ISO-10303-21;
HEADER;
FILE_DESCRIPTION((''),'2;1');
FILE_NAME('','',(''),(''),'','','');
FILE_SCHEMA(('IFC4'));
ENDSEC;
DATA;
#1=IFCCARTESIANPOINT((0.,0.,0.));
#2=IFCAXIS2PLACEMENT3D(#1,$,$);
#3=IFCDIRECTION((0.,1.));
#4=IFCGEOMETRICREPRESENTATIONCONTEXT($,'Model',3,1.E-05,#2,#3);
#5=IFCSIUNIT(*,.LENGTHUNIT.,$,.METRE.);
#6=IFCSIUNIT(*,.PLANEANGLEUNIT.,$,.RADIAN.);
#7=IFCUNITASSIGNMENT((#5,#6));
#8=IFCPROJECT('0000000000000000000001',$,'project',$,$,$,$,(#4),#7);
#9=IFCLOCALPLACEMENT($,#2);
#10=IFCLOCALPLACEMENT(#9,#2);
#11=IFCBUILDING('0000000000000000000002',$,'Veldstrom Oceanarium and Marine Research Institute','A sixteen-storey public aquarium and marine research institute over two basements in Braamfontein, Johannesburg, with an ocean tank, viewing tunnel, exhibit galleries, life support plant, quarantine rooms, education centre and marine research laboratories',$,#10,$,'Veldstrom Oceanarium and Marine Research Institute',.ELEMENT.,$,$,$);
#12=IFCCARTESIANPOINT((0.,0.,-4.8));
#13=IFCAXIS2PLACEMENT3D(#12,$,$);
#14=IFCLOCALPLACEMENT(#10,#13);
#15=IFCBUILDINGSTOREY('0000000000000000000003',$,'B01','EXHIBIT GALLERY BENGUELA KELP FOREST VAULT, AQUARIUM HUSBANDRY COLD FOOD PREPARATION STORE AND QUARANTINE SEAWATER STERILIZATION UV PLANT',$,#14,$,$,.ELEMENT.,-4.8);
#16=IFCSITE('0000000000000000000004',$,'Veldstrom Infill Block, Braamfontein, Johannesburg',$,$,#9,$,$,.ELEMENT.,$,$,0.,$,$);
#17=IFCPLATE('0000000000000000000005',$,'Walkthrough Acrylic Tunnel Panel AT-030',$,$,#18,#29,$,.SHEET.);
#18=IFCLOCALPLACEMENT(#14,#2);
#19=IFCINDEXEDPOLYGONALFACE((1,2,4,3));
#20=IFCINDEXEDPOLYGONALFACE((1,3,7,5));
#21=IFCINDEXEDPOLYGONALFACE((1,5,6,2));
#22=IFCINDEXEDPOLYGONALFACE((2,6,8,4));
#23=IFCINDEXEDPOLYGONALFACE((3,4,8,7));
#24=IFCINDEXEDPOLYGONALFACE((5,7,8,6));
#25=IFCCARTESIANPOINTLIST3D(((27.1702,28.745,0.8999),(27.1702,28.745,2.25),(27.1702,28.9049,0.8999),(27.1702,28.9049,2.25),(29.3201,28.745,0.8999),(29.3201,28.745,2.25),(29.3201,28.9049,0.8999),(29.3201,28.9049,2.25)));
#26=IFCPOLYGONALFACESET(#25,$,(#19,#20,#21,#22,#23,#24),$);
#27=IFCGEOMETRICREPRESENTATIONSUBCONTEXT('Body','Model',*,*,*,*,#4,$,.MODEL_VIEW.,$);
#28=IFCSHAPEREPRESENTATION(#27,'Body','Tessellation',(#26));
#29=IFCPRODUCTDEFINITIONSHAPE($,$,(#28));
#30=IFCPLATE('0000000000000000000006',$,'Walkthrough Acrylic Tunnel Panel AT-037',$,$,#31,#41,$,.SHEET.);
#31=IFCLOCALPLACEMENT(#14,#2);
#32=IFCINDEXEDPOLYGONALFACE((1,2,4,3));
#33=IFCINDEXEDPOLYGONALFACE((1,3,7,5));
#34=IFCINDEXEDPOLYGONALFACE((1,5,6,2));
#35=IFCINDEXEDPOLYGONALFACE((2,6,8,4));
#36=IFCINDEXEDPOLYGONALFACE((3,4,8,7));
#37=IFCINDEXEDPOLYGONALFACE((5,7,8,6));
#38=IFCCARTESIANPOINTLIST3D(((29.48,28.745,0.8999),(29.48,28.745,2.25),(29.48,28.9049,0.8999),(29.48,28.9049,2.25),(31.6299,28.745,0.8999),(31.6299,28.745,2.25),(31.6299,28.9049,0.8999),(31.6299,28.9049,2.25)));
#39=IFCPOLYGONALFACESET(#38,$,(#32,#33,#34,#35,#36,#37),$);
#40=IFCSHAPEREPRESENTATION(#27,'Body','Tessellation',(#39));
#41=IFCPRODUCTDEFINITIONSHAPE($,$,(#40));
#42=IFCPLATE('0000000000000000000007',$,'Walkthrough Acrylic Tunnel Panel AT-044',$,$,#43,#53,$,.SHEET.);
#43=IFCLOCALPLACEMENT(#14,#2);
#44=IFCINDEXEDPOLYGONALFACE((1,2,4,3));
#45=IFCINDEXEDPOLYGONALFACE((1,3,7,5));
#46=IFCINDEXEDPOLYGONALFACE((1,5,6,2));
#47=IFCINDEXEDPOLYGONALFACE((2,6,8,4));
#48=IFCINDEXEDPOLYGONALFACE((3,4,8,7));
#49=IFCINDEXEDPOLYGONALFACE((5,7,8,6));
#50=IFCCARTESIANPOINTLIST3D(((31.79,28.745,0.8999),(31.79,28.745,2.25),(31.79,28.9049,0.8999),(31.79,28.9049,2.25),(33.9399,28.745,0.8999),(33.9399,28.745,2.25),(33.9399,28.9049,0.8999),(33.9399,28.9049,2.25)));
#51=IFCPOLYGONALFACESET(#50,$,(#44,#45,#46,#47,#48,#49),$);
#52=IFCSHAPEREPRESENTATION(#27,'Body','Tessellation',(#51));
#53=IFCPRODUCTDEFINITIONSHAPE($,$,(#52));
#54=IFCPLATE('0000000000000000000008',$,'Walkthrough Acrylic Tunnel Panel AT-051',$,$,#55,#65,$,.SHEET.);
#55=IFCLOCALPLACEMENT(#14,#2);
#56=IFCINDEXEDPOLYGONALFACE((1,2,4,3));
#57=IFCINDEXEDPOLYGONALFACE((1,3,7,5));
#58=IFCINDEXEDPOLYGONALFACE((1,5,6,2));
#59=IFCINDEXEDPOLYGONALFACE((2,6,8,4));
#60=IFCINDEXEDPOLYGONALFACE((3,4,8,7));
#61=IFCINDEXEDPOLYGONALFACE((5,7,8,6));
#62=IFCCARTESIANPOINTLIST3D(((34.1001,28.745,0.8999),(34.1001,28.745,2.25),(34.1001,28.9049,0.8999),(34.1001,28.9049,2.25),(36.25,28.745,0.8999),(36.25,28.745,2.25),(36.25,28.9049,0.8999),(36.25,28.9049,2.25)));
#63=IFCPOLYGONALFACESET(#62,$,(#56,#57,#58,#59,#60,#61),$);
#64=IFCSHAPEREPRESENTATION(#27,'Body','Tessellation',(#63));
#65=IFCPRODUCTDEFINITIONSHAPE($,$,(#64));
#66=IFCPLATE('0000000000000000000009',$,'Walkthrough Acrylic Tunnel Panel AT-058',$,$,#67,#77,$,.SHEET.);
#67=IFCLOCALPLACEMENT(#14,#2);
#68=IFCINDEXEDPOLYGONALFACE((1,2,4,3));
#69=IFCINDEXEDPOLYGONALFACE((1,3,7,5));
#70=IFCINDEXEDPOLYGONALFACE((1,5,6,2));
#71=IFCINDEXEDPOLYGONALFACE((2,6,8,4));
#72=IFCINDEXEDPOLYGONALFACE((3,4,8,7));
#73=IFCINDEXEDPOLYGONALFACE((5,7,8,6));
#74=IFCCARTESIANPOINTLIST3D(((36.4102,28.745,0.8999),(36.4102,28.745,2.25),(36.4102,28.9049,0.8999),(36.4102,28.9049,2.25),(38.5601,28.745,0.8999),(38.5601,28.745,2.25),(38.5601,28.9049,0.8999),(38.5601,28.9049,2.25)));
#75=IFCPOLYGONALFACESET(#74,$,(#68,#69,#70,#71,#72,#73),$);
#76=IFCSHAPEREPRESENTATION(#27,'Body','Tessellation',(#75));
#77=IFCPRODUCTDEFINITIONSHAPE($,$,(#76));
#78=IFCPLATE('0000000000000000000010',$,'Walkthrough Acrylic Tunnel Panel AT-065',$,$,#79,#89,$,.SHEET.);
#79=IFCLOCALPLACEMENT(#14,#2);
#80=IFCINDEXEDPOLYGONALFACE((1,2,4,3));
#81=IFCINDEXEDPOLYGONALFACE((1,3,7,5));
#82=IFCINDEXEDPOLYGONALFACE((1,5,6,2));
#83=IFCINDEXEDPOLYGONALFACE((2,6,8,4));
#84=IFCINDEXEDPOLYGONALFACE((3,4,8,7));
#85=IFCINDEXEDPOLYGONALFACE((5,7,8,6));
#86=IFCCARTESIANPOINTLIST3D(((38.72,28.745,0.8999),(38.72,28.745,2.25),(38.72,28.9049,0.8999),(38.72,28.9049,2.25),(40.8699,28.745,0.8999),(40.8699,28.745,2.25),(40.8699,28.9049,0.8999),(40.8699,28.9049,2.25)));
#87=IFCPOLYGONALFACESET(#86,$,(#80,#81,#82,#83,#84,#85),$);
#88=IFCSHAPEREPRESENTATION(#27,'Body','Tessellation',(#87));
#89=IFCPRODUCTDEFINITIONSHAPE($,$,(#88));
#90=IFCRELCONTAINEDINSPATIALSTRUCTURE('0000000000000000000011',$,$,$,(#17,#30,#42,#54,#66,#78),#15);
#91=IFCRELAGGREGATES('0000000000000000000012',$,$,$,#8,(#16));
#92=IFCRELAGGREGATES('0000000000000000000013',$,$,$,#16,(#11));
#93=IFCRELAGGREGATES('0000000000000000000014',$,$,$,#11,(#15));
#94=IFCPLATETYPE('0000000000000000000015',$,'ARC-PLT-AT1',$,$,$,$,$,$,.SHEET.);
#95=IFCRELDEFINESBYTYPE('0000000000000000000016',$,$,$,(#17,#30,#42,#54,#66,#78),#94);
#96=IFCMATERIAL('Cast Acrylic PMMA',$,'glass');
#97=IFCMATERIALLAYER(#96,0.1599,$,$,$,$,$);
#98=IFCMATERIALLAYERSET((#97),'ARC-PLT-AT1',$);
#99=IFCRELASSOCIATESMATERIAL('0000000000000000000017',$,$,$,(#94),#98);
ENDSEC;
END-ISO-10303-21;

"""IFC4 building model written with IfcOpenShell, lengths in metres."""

from ifc_helpers import new_model, si_unit, direction, frame, origin, origin_2d, place, context, subcontext, project, spatial, rectangle, extrude, material, layer, layer_set, type_object, element, save


model = new_model("IFC4")

# Units and contexts
model_context = context("Model", 3, precision=1e-05, world=origin(), true_north=direction((0.0, 1.0)))
body_context = subcontext(model_context, "Body", "Model", "MODEL_VIEW")
ifc_project = project(units=[si_unit("LENGTHUNIT", "METRE"), si_unit("PLANEANGLEUNIT", "RADIAN")], contexts=[model_context])

# Site, building, storey
site_placement = place(None, origin())
site = spatial("IfcSite", under=ifc_project, at=site_placement, Name="Veldstrom Infill Block, Braamfontein, Johannesburg", CompositionType="ELEMENT", RefElevation=0.0)
building_placement = place(site_placement, origin())
building = spatial("IfcBuilding", under=site, at=building_placement, Name="Veldstrom Oceanarium and Marine Research Institute", Description="A sixteen-storey public aquarium and marine research institute over two basements in Braamfontein, Johannesburg, with an ocean tank, viewing tunnel, exhibit galleries, life support plant, quarantine rooms, education centre and marine research laboratories", LongName="Veldstrom Oceanarium and Marine Research Institute", CompositionType="ELEMENT")
storey_placement = place(building_placement, frame((0.0, 0.0, -4.8)))
storey = spatial("IfcBuildingStorey", under=building, at=storey_placement, Name="B01", Description="EXHIBIT GALLERY BENGUELA KELP FOREST VAULT, AQUARIUM HUSBANDRY COLD FOOD PREPARATION STORE AND QUARANTINE SEAWATER STERILIZATION UV PLANT", CompositionType="ELEMENT", Elevation=-4.8)

# Plates
ifc_material_1 = material(Name="Cast Acrylic PMMA", Category="glass")
ifc_layer = layer(ifc_material_1, 0.1599)
ifc_layer_set = layer_set([ifc_layer], Name="ARC-PLT-AT1")
plate_type = type_object("IfcPlateType", Name="ARC-PLT-AT1", PredefinedType="SHEET", material=ifc_layer_set)
for number, where, z_axis, x_axis, name in (
    (1, (28.2451, 28.825, 0.8999), (0.0, 0.0, 1.0), (1.0, 0.0, 0.0), "Walkthrough Acrylic Tunnel Panel AT-030"),
    (2, (30.5549, 28.825, 0.8999), (0.0, 0.0, 1.0), (1.0, 0.0, 0.0), "Walkthrough Acrylic Tunnel Panel AT-037"),
    (3, (32.865, 28.825, 0.8999), (0.0, 0.0, 1.0), (1.0, 0.0, 0.0), "Walkthrough Acrylic Tunnel Panel AT-044"),
    (4, (35.175, 28.825, 0.8999), (0.0, 0.0, 1.0), (1.0, 0.0, 0.0), "Walkthrough Acrylic Tunnel Panel AT-051"),
    (5, (37.4851, 28.825, 0.8999), (0.0, 0.0, 1.0), (1.0, 0.0, 0.0), "Walkthrough Acrylic Tunnel Panel AT-058"),
    (6, (39.7949, 28.825, 0.8999), (0.0, 0.0, 1.0), (1.0, 0.0, 0.0), "Walkthrough Acrylic Tunnel Panel AT-065"),
):
    element("IfcPlate", number, at=place(storey_placement, frame(where, z_axis=z_axis, x_axis=x_axis)), inside=storey, type_object=plate_type, Name=name, PredefinedType="SHEET", context=body_context, shape_type="SweptSolid", body=[
        extrude(rectangle(XDim=2.1499, YDim=0.1599, at=origin_2d()), origin(), (0.0, 0.0, 1.0), 1.3501),
    ])

save(model, "model.ifc")
